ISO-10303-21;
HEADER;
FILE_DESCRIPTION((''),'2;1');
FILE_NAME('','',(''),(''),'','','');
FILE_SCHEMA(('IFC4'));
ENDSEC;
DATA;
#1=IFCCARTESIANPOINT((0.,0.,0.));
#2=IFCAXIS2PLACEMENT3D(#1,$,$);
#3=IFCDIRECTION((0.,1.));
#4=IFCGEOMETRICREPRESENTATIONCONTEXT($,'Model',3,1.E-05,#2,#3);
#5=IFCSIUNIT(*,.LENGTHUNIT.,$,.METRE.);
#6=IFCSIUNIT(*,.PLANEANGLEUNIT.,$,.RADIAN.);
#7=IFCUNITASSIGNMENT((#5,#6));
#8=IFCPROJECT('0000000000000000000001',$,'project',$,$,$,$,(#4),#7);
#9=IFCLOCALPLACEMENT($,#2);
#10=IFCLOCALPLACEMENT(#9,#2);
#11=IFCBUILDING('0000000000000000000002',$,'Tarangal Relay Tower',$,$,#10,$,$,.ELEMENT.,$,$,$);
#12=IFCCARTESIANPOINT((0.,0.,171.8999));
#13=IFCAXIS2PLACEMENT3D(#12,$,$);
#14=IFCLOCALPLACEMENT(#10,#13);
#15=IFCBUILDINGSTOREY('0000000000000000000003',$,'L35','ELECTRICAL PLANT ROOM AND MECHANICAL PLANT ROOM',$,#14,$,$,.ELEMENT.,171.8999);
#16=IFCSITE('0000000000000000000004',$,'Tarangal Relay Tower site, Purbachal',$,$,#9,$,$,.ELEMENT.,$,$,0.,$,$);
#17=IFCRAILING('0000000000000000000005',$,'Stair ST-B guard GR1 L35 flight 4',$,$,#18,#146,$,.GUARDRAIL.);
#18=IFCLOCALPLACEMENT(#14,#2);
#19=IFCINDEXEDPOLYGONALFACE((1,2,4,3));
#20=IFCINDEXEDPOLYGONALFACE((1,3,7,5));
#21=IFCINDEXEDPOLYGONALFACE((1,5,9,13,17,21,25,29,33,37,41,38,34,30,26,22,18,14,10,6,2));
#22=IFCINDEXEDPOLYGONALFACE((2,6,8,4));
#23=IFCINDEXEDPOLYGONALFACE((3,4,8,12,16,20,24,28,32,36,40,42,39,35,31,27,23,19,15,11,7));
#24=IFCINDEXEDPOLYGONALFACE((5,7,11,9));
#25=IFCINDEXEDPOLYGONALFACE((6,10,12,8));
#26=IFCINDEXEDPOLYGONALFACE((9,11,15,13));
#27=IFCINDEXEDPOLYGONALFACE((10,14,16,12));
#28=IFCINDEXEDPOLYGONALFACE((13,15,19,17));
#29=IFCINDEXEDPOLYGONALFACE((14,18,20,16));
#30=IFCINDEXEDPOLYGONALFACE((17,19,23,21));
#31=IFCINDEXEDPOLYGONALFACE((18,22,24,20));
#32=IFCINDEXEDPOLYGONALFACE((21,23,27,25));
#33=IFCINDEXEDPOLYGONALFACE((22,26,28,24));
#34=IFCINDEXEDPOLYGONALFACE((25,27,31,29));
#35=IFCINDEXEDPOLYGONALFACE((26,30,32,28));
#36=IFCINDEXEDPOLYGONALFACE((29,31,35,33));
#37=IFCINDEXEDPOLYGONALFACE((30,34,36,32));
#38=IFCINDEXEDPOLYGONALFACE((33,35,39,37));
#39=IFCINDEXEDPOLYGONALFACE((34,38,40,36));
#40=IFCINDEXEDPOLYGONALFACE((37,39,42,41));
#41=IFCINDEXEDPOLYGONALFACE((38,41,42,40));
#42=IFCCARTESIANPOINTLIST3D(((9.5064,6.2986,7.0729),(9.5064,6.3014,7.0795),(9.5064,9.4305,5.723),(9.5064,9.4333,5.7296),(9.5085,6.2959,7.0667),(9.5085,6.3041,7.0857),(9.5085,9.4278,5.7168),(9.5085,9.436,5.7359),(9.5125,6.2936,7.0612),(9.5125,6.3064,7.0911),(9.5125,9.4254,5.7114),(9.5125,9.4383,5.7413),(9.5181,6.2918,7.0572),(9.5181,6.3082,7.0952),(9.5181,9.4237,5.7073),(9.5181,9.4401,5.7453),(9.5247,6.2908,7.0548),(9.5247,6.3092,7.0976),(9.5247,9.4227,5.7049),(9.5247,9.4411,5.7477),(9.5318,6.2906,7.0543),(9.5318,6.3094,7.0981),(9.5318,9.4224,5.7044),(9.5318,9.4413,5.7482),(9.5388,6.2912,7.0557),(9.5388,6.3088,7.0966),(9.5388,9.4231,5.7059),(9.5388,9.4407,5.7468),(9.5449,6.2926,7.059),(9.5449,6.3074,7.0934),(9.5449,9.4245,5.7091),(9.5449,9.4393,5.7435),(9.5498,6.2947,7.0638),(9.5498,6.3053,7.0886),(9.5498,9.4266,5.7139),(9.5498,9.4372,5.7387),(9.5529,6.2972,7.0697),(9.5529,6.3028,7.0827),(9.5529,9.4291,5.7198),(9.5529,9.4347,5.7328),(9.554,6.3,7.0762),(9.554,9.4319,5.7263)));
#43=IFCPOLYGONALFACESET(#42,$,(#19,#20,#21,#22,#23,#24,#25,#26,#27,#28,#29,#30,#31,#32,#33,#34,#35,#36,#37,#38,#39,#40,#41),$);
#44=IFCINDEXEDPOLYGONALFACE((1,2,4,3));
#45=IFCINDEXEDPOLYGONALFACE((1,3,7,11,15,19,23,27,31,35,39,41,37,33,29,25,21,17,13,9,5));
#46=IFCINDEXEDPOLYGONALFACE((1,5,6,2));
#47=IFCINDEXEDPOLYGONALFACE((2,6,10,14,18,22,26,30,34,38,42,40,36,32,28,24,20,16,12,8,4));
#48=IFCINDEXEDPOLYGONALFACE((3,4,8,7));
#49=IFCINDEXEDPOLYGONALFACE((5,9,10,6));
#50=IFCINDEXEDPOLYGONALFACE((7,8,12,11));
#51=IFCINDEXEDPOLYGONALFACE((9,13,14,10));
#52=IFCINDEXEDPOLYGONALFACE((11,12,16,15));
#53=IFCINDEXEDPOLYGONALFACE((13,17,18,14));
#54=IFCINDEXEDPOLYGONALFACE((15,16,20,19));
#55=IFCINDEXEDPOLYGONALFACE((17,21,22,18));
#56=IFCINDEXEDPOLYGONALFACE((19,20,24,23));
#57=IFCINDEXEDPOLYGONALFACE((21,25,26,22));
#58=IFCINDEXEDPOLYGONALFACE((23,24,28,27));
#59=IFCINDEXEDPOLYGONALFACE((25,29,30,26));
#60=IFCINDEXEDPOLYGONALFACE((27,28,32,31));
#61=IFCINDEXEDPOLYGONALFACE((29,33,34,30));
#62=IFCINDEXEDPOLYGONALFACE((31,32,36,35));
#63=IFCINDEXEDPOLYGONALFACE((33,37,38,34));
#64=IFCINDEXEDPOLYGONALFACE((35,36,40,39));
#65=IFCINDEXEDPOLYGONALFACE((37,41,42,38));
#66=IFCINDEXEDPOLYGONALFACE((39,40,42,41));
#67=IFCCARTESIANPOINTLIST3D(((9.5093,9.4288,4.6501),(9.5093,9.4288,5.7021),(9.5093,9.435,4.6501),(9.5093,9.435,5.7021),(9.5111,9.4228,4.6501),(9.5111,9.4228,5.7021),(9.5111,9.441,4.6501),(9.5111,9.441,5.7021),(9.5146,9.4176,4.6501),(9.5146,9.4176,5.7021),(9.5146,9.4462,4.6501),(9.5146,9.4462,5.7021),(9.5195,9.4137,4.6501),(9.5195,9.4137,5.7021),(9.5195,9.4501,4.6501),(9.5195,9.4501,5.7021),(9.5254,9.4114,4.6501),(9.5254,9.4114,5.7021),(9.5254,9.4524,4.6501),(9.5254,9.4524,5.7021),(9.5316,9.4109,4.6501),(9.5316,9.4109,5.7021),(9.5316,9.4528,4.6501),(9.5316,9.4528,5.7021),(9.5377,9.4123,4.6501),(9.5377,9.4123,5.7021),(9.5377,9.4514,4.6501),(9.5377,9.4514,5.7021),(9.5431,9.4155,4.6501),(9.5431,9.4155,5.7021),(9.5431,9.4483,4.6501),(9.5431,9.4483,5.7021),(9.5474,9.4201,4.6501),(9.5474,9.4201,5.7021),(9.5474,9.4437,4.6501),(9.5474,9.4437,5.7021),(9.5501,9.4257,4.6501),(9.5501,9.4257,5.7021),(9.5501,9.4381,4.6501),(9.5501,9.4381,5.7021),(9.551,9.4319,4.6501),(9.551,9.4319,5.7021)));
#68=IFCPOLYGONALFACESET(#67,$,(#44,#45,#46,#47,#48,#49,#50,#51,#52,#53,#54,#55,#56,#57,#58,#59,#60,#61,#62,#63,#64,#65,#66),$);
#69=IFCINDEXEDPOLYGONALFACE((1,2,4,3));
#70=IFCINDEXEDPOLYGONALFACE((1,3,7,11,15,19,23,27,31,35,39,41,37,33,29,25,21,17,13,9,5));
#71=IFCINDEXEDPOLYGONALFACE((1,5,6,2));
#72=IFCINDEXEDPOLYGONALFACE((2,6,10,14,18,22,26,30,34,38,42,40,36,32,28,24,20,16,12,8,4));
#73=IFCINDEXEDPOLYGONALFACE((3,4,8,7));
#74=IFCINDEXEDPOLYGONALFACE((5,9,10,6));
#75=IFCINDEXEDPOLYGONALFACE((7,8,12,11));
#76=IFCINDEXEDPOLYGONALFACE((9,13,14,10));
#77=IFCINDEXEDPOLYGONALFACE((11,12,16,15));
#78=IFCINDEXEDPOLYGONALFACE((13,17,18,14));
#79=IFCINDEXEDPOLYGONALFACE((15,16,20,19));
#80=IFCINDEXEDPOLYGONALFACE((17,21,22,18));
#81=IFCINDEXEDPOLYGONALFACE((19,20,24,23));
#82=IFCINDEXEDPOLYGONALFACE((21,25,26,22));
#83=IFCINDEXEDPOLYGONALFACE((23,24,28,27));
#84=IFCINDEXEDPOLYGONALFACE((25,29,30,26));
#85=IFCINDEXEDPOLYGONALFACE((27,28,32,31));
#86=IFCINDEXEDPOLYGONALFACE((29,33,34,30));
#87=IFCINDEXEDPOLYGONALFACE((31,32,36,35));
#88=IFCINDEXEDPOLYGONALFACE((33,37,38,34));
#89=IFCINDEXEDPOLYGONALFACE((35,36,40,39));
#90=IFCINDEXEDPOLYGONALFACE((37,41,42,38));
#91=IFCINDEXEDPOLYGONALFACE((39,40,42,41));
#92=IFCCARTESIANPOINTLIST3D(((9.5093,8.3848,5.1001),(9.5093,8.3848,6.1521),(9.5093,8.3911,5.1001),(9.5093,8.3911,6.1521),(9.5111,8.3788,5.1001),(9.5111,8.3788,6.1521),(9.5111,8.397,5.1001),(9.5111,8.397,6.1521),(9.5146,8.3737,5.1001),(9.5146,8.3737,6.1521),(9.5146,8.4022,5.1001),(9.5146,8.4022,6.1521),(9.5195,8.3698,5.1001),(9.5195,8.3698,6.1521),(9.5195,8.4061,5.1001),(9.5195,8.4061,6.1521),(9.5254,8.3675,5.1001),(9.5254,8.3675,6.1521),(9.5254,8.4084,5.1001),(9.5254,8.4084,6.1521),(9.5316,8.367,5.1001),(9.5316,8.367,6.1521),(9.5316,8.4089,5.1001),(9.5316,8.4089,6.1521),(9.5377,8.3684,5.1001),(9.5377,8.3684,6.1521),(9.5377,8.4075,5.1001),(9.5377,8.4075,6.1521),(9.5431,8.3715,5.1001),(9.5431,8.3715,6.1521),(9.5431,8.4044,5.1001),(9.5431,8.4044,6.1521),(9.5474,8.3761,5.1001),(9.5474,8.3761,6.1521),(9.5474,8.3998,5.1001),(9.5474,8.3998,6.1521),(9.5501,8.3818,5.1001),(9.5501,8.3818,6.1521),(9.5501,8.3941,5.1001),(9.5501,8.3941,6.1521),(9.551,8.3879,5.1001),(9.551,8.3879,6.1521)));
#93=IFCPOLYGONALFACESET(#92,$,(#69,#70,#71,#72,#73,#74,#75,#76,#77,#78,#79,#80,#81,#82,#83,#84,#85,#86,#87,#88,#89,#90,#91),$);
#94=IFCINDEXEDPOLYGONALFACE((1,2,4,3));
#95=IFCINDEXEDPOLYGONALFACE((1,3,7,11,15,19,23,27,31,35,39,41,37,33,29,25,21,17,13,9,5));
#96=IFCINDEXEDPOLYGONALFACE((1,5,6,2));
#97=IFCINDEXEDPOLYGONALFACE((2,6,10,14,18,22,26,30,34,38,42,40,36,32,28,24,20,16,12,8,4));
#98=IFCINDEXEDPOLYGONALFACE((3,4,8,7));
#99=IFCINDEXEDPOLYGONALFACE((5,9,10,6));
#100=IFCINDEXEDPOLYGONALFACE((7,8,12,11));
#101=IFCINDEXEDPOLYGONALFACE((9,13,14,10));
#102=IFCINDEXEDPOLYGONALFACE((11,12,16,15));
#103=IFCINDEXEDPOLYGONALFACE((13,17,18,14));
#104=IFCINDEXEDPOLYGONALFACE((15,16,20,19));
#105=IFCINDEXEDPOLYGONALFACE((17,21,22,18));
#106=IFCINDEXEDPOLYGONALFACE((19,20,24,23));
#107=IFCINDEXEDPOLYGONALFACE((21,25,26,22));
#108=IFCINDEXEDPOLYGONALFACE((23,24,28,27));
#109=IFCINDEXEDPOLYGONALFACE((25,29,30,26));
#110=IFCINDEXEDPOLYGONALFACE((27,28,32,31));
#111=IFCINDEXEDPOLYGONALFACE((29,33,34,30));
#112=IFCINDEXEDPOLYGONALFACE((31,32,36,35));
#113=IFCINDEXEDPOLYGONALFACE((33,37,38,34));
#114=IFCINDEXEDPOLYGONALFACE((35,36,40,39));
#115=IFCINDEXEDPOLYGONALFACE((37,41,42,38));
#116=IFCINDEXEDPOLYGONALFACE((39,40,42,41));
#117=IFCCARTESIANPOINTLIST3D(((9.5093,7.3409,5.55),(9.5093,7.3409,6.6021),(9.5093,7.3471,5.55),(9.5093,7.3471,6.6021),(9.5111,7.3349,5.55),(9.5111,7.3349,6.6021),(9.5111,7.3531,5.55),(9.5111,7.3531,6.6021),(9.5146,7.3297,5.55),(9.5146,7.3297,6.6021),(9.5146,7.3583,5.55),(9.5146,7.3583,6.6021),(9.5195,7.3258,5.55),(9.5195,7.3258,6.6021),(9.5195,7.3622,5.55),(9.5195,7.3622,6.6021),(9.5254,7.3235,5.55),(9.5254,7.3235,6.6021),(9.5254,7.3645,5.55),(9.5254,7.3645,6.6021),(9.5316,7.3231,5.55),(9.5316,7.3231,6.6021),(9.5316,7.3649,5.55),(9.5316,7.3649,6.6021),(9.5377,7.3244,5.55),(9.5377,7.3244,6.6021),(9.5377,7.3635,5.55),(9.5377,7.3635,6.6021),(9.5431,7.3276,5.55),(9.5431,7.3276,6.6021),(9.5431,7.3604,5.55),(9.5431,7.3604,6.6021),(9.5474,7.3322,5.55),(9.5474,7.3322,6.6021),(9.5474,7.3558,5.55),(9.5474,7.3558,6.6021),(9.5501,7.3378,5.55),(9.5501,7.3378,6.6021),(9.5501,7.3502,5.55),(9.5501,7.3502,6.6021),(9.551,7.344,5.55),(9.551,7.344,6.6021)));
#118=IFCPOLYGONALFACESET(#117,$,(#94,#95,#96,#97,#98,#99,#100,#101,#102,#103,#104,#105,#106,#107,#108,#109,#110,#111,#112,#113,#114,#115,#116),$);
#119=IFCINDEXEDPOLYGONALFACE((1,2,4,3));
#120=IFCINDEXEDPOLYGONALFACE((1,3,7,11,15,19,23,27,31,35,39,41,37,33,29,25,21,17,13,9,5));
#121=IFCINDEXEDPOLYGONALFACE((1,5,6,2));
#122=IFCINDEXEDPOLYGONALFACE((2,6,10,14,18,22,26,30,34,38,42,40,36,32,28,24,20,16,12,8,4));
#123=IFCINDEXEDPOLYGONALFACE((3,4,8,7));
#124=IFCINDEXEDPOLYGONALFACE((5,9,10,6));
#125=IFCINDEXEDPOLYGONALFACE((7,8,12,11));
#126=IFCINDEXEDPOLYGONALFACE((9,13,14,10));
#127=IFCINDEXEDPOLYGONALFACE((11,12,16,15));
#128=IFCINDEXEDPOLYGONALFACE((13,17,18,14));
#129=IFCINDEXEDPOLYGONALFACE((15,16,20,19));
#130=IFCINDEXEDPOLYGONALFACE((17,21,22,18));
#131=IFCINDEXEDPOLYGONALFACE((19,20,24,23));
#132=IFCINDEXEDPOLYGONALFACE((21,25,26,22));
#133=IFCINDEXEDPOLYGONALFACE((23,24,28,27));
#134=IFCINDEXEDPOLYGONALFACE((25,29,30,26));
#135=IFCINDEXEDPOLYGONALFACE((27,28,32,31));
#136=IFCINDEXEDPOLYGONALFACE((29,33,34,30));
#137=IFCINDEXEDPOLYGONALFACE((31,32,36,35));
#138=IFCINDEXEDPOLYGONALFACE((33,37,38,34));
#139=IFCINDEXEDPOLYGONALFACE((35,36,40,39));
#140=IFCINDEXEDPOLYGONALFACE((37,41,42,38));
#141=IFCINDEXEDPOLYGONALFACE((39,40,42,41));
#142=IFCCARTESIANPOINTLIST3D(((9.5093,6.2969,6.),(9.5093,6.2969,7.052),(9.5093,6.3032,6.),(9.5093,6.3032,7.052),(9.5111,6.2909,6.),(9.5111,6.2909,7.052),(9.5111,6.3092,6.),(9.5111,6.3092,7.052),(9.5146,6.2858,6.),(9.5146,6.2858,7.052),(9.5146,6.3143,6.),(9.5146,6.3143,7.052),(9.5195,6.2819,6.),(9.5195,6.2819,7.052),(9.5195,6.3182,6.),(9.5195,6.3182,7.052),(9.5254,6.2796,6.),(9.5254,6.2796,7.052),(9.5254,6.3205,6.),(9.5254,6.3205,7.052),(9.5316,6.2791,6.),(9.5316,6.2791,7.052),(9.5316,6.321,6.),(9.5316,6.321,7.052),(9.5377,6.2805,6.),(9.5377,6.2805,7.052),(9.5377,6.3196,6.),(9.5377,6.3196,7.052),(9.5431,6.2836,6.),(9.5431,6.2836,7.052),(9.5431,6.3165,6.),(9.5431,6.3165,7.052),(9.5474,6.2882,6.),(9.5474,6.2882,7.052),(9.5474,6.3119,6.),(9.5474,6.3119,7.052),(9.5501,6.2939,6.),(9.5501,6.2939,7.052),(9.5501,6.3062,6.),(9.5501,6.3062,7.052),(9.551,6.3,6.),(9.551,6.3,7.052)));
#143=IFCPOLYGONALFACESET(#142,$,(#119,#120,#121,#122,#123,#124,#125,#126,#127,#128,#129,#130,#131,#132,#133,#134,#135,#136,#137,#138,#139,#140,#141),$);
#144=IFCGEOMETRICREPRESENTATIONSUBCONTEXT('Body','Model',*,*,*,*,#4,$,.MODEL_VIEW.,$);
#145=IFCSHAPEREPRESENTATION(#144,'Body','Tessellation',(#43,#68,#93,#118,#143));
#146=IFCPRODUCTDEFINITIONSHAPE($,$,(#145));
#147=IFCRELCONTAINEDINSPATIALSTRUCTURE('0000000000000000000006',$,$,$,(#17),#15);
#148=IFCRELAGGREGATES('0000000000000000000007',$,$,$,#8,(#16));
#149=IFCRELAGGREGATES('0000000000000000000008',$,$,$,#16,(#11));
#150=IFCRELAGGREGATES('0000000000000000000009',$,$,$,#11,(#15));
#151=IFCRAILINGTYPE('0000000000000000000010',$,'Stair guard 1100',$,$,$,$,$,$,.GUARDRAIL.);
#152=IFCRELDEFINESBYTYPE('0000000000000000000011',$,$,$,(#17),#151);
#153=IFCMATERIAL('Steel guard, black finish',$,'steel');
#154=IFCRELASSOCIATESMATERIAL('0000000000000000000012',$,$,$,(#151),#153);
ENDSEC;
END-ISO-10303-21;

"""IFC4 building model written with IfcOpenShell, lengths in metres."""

from ifc_helpers import new_model, si_unit, direction, frame, origin, origin_2d, place, context, subcontext, project, spatial, circle, extrude, material, type_object, element, save


model = new_model("IFC4")

# Units and contexts
model_context = context("Model", 3, precision=1e-05, world=origin(), true_north=direction((0.0, 1.0)))
body_context = subcontext(model_context, "Body", "Model", "MODEL_VIEW")
ifc_project = project(units=[si_unit("LENGTHUNIT", "METRE"), si_unit("PLANEANGLEUNIT", "RADIAN")], contexts=[model_context])

# Site, building, storey
site_placement = place(None, origin())
site = spatial("IfcSite", under=ifc_project, at=site_placement, Name="Tarangal Relay Tower site, Purbachal", CompositionType="ELEMENT", RefElevation=0.0)
building_placement = place(site_placement, origin())
building = spatial("IfcBuilding", under=site, at=building_placement, Name="Tarangal Relay Tower", CompositionType="ELEMENT")
storey_placement = place(building_placement, frame((0.0, 0.0, 171.8999)))
storey = spatial("IfcBuildingStorey", under=building, at=storey_placement, Name="L35", Description="ELECTRICAL PLANT ROOM AND MECHANICAL PLANT ROOM", CompositionType="ELEMENT", Elevation=171.8999)

# Railing
ifc_material_1 = material(Name="Steel guard, black finish", Category="steel")
railing_type_1 = type_object("IfcRailingType", Name="Stair guard 1100", PredefinedType="GUARDRAIL", material=ifc_material_1)
railing_1_placement = place(storey_placement, frame((9.53, 9.4319, 4.6501)))
element("IfcRailing", 1, at=railing_1_placement, inside=storey, type_object=railing_type_1, Name="Stair ST-B guard GR1 L35 flight 4", PredefinedType="GUARDRAIL", context=body_context, shape_type="SweptSolid", body=[
    extrude(circle(Radius=0.0239, at=origin_2d()), frame((0.0, 0.0, 1.0762), z_axis=(0.0, -0.918332, 0.395811), x_axis=(1.0, 0.0, 0.0)), (0.0, 0.0, 1.0), 3.4104),
    extrude(circle(Radius=0.021, at=origin_2d()), origin(), (0.0, 0.0, 1.0), 1.052),
    extrude(circle(Radius=0.021, at=origin_2d()), frame((0.0, -1.0439, 0.45)), (0.0, 0.0, 1.0), 1.052),
    extrude(circle(Radius=0.021, at=origin_2d()), frame((0.0, -2.0879, 0.8999)), (0.0, 0.0, 1.0), 1.052),
    extrude(circle(Radius=0.021, at=origin_2d()), frame((0.0, -3.1318, 1.3499)), (0.0, 0.0, 1.0), 1.052),
])

save(model, "model.ifc")
